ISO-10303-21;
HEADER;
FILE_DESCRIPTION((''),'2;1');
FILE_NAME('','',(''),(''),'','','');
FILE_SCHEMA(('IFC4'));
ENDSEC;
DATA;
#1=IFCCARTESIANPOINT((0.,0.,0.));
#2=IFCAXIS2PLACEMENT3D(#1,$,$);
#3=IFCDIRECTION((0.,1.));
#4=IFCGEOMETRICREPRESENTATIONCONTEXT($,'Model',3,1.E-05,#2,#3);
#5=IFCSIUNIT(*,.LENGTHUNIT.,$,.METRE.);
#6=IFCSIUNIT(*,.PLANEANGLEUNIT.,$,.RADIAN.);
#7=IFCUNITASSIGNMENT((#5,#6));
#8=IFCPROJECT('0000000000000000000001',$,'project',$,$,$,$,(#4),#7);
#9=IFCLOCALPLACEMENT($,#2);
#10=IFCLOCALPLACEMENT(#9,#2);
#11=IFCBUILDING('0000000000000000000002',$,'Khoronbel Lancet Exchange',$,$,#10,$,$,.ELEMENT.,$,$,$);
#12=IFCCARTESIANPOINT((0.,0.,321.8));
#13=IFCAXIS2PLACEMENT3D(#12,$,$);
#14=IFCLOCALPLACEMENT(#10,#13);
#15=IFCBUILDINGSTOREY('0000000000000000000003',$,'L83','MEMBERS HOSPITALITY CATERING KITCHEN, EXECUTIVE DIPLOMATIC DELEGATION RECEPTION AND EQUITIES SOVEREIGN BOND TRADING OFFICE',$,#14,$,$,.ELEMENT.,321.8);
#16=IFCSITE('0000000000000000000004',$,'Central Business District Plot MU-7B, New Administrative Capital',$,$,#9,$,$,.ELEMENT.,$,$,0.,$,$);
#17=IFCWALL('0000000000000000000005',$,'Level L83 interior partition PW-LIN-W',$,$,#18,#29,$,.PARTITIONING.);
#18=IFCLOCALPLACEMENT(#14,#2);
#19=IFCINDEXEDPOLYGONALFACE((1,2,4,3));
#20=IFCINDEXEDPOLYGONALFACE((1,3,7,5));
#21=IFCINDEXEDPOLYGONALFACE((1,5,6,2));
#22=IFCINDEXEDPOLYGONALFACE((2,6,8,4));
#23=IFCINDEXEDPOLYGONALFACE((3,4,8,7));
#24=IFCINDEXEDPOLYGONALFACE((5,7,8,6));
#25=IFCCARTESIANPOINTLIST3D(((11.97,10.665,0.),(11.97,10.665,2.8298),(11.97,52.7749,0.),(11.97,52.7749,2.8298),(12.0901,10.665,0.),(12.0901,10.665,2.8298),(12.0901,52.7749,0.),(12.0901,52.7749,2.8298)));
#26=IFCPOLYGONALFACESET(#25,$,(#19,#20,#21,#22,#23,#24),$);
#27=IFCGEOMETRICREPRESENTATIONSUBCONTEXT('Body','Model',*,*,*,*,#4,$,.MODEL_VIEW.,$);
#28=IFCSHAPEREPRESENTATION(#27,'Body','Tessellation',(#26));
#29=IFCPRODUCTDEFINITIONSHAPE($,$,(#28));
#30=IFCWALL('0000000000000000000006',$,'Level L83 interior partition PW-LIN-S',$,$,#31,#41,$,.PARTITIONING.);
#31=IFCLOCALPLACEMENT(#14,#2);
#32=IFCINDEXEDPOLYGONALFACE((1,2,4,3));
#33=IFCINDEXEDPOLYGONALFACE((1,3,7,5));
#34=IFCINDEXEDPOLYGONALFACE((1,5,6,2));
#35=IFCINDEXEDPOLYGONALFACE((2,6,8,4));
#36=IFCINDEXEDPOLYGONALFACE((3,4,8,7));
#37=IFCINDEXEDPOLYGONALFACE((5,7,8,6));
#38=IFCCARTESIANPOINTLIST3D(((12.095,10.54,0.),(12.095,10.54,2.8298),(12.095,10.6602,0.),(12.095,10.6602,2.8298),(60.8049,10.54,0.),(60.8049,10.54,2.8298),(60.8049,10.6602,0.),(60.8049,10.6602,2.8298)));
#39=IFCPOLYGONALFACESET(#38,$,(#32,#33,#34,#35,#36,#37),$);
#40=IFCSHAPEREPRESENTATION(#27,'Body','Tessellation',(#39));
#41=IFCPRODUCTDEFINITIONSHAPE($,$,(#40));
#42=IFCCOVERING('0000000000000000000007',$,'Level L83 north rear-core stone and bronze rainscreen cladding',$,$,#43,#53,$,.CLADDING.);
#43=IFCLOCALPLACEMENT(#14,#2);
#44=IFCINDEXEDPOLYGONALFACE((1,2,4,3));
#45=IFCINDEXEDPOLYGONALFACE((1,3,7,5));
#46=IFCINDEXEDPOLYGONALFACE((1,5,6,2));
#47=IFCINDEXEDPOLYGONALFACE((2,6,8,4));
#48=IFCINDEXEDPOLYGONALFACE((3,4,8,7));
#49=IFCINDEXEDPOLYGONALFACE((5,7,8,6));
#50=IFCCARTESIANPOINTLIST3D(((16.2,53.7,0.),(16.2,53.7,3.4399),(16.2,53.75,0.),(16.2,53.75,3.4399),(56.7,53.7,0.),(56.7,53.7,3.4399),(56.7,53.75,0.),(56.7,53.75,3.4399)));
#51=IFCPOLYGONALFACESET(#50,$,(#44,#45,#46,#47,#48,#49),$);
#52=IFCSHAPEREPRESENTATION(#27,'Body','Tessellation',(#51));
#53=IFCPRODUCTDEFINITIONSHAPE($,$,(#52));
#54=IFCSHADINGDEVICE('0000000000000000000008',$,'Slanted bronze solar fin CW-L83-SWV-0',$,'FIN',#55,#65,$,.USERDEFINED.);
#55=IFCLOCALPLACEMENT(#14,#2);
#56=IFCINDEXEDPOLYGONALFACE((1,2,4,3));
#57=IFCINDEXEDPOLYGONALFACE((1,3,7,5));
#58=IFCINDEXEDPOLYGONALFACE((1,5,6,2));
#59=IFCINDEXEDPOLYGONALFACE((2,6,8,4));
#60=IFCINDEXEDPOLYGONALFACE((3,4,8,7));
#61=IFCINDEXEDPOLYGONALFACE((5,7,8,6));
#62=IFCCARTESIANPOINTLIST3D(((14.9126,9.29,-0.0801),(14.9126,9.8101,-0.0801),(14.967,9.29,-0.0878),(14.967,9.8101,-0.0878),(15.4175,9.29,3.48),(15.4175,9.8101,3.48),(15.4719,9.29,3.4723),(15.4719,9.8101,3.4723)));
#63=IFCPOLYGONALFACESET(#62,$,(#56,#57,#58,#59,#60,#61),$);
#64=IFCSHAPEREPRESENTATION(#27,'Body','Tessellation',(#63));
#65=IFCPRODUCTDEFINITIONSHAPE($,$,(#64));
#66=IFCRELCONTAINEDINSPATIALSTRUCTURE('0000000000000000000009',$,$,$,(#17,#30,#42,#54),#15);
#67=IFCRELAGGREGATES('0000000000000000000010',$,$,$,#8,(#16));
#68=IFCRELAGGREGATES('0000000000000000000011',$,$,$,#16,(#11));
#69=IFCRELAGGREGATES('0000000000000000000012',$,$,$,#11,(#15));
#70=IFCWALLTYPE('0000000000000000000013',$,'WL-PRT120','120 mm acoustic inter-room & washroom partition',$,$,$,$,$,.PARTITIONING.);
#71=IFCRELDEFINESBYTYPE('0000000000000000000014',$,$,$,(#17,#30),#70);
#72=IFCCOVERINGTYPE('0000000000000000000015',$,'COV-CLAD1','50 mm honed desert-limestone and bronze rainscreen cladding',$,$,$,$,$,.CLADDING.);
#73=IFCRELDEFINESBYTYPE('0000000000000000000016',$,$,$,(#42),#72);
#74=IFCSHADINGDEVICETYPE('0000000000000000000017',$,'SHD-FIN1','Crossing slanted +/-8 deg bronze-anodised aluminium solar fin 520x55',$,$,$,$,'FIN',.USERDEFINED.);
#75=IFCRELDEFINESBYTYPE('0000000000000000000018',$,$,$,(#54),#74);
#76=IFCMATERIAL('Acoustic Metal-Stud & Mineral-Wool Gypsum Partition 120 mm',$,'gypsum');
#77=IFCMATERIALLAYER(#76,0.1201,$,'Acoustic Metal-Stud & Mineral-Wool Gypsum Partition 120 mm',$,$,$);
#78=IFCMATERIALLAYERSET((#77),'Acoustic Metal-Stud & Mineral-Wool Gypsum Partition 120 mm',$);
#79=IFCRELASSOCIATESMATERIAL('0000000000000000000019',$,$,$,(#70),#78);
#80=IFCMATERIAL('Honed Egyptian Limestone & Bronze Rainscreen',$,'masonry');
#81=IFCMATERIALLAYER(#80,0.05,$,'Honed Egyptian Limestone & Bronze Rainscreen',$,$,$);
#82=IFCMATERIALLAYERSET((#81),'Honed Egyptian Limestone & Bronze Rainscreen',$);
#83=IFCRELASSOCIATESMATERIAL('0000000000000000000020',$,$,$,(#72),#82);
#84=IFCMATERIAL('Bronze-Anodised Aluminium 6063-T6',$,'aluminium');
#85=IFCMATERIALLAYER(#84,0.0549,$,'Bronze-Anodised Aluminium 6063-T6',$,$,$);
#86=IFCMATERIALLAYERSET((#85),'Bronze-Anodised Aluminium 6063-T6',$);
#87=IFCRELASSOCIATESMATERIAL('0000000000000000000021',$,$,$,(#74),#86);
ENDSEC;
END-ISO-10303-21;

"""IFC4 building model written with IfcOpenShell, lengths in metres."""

from ifc_helpers import new_model, si_unit, direction, frame, frame_2d, origin, place, context, subcontext, project, spatial, polyline, rectangle, outline, extrude, material, layer, layer_set, type_object, element, save


model = new_model("IFC4")

# Units and contexts
model_context = context("Model", 3, precision=1e-05, world=origin(), true_north=direction((0.0, 1.0)))
body_context = subcontext(model_context, "Body", "Model", "MODEL_VIEW")
ifc_project = project(units=[si_unit("LENGTHUNIT", "METRE"), si_unit("PLANEANGLEUNIT", "RADIAN")], contexts=[model_context])

# Site, building, storey
site_placement = place(None, origin())
site = spatial("IfcSite", under=ifc_project, at=site_placement, Name="Central Business District Plot MU-7B, New Administrative Capital", CompositionType="ELEMENT", RefElevation=0.0)
building_placement = place(site_placement, origin())
building = spatial("IfcBuilding", under=site, at=building_placement, Name="Khoronbel Lancet Exchange", CompositionType="ELEMENT")
storey_placement = place(building_placement, frame((0.0, 0.0, 321.8)))
storey = spatial("IfcBuildingStorey", under=building, at=storey_placement, Name="L83", Description="MEMBERS HOSPITALITY CATERING KITCHEN, EXECUTIVE DIPLOMATIC DELEGATION RECEPTION AND EQUITIES SOVEREIGN BOND TRADING OFFICE", CompositionType="ELEMENT", Elevation=321.8)

# Shared definitions
ifc_material_1 = material(Name="Bronze-Anodised Aluminium 6063-T6", Category="aluminium")

# Walls
ifc_material_2 = material(Name="Acoustic Metal-Stud & Mineral-Wool Gypsum Partition 120 mm", Category="gypsum")
ifc_layer_1 = layer(ifc_material_2, 0.1201, Name="Acoustic Metal-Stud & Mineral-Wool Gypsum Partition 120 mm")
ifc_layer_set_1 = layer_set([ifc_layer_1], Name="Acoustic Metal-Stud & Mineral-Wool Gypsum Partition 120 mm")
wall_type_1 = type_object("IfcWallType", Name="WL-PRT120", Description="120 mm acoustic inter-room & washroom partition", PredefinedType="PARTITIONING", material=ifc_layer_set_1)
wall_1_placement = place(storey_placement, frame((12.03, 10.665, 0.0), z_axis=(0.0, 0.0, 1.0), x_axis=(0.0, 1.0, 0.0)))
element("IfcWall", 1, at=wall_1_placement, inside=storey, type_object=wall_type_1, Name="Level L83 interior partition PW-LIN-W", PredefinedType="PARTITIONING", context=body_context, shape_type="SweptSolid", body=[
    extrude(rectangle(XDim=42.1099, YDim=0.1201, at=frame_2d((21.0549, 0.0))), origin(), (0.0, 0.0, 1.0), 2.8298),
])
wall_2_placement = place(storey_placement, frame((12.095, 10.6001, 0.0), z_axis=(0.0, 0.0, 1.0), x_axis=(1.0, 0.0, 0.0)))
element("IfcWall", 2, at=wall_2_placement, inside=storey, type_object=wall_type_1, Name="Level L83 interior partition PW-LIN-S", PredefinedType="PARTITIONING", context=body_context, shape_type="SweptSolid", body=[
    extrude(rectangle(XDim=48.71, YDim=0.1201, at=frame_2d((24.355, 0.0))), origin(), (0.0, 0.0, 1.0), 2.8298),
])

# Covering
ifc_material_3 = material(Name="Honed Egyptian Limestone & Bronze Rainscreen", Category="masonry")
ifc_layer_2 = layer(ifc_material_3, 0.05, Name="Honed Egyptian Limestone & Bronze Rainscreen")
ifc_layer_set_2 = layer_set([ifc_layer_2], Name="Honed Egyptian Limestone & Bronze Rainscreen")
covering_type = type_object("IfcCoveringType", Name="COV-CLAD1", Description="50 mm honed desert-limestone and bronze rainscreen cladding", PredefinedType="CLADDING", material=ifc_layer_set_2)
covering_placement = place(storey_placement, origin())
element("IfcCovering", 3, at=covering_placement, inside=storey, type_object=covering_type, Name="Level L83 north rear-core stone and bronze rainscreen cladding", PredefinedType="CLADDING", context=body_context, shape_type="SweptSolid", body=[
    extrude(outline(polyline([(16.2, 53.7), (56.7, 53.7), (56.7, 53.75), (16.2, 53.75), (16.2, 53.7)])), origin(), (0.0, 0.0, 1.0), 3.4399),
])

# Shading device
ifc_layer_3 = layer(ifc_material_1, 0.0549, Name="Bronze-Anodised Aluminium 6063-T6")
ifc_layer_set_3 = layer_set([ifc_layer_3], Name="Bronze-Anodised Aluminium 6063-T6")
shading_device_type = type_object("IfcShadingDeviceType", Name="SHD-FIN1", Description="Crossing slanted +/-8 deg bronze-anodised aluminium solar fin 520x55", ElementType="FIN", PredefinedType="USERDEFINED", material=ifc_layer_set_3)
shading_device_placement = place(storey_placement, frame((14.9126, 9.8101, -0.0801), z_axis=(-0.990093, 0.0, 0.140414), x_axis=(0.0, -1.0, 0.0)))
element("IfcShadingDevice", 4, at=shading_device_placement, inside=storey, type_object=shading_device_type, Name="Slanted bronze solar fin CW-L83-SWV-0", ObjectType="FIN", PredefinedType="USERDEFINED", context=body_context, shape_type="SweptSolid", body=[
    extrude(outline(polyline([(0.0, 0.0), (0.52, 0.0), (0.52, 3.5957), (0.0, 3.5957), (0.0, 0.0)])), origin(), (0.0, 0.0, -1.0), 0.0549),
])

save(model, "model.ifc")
